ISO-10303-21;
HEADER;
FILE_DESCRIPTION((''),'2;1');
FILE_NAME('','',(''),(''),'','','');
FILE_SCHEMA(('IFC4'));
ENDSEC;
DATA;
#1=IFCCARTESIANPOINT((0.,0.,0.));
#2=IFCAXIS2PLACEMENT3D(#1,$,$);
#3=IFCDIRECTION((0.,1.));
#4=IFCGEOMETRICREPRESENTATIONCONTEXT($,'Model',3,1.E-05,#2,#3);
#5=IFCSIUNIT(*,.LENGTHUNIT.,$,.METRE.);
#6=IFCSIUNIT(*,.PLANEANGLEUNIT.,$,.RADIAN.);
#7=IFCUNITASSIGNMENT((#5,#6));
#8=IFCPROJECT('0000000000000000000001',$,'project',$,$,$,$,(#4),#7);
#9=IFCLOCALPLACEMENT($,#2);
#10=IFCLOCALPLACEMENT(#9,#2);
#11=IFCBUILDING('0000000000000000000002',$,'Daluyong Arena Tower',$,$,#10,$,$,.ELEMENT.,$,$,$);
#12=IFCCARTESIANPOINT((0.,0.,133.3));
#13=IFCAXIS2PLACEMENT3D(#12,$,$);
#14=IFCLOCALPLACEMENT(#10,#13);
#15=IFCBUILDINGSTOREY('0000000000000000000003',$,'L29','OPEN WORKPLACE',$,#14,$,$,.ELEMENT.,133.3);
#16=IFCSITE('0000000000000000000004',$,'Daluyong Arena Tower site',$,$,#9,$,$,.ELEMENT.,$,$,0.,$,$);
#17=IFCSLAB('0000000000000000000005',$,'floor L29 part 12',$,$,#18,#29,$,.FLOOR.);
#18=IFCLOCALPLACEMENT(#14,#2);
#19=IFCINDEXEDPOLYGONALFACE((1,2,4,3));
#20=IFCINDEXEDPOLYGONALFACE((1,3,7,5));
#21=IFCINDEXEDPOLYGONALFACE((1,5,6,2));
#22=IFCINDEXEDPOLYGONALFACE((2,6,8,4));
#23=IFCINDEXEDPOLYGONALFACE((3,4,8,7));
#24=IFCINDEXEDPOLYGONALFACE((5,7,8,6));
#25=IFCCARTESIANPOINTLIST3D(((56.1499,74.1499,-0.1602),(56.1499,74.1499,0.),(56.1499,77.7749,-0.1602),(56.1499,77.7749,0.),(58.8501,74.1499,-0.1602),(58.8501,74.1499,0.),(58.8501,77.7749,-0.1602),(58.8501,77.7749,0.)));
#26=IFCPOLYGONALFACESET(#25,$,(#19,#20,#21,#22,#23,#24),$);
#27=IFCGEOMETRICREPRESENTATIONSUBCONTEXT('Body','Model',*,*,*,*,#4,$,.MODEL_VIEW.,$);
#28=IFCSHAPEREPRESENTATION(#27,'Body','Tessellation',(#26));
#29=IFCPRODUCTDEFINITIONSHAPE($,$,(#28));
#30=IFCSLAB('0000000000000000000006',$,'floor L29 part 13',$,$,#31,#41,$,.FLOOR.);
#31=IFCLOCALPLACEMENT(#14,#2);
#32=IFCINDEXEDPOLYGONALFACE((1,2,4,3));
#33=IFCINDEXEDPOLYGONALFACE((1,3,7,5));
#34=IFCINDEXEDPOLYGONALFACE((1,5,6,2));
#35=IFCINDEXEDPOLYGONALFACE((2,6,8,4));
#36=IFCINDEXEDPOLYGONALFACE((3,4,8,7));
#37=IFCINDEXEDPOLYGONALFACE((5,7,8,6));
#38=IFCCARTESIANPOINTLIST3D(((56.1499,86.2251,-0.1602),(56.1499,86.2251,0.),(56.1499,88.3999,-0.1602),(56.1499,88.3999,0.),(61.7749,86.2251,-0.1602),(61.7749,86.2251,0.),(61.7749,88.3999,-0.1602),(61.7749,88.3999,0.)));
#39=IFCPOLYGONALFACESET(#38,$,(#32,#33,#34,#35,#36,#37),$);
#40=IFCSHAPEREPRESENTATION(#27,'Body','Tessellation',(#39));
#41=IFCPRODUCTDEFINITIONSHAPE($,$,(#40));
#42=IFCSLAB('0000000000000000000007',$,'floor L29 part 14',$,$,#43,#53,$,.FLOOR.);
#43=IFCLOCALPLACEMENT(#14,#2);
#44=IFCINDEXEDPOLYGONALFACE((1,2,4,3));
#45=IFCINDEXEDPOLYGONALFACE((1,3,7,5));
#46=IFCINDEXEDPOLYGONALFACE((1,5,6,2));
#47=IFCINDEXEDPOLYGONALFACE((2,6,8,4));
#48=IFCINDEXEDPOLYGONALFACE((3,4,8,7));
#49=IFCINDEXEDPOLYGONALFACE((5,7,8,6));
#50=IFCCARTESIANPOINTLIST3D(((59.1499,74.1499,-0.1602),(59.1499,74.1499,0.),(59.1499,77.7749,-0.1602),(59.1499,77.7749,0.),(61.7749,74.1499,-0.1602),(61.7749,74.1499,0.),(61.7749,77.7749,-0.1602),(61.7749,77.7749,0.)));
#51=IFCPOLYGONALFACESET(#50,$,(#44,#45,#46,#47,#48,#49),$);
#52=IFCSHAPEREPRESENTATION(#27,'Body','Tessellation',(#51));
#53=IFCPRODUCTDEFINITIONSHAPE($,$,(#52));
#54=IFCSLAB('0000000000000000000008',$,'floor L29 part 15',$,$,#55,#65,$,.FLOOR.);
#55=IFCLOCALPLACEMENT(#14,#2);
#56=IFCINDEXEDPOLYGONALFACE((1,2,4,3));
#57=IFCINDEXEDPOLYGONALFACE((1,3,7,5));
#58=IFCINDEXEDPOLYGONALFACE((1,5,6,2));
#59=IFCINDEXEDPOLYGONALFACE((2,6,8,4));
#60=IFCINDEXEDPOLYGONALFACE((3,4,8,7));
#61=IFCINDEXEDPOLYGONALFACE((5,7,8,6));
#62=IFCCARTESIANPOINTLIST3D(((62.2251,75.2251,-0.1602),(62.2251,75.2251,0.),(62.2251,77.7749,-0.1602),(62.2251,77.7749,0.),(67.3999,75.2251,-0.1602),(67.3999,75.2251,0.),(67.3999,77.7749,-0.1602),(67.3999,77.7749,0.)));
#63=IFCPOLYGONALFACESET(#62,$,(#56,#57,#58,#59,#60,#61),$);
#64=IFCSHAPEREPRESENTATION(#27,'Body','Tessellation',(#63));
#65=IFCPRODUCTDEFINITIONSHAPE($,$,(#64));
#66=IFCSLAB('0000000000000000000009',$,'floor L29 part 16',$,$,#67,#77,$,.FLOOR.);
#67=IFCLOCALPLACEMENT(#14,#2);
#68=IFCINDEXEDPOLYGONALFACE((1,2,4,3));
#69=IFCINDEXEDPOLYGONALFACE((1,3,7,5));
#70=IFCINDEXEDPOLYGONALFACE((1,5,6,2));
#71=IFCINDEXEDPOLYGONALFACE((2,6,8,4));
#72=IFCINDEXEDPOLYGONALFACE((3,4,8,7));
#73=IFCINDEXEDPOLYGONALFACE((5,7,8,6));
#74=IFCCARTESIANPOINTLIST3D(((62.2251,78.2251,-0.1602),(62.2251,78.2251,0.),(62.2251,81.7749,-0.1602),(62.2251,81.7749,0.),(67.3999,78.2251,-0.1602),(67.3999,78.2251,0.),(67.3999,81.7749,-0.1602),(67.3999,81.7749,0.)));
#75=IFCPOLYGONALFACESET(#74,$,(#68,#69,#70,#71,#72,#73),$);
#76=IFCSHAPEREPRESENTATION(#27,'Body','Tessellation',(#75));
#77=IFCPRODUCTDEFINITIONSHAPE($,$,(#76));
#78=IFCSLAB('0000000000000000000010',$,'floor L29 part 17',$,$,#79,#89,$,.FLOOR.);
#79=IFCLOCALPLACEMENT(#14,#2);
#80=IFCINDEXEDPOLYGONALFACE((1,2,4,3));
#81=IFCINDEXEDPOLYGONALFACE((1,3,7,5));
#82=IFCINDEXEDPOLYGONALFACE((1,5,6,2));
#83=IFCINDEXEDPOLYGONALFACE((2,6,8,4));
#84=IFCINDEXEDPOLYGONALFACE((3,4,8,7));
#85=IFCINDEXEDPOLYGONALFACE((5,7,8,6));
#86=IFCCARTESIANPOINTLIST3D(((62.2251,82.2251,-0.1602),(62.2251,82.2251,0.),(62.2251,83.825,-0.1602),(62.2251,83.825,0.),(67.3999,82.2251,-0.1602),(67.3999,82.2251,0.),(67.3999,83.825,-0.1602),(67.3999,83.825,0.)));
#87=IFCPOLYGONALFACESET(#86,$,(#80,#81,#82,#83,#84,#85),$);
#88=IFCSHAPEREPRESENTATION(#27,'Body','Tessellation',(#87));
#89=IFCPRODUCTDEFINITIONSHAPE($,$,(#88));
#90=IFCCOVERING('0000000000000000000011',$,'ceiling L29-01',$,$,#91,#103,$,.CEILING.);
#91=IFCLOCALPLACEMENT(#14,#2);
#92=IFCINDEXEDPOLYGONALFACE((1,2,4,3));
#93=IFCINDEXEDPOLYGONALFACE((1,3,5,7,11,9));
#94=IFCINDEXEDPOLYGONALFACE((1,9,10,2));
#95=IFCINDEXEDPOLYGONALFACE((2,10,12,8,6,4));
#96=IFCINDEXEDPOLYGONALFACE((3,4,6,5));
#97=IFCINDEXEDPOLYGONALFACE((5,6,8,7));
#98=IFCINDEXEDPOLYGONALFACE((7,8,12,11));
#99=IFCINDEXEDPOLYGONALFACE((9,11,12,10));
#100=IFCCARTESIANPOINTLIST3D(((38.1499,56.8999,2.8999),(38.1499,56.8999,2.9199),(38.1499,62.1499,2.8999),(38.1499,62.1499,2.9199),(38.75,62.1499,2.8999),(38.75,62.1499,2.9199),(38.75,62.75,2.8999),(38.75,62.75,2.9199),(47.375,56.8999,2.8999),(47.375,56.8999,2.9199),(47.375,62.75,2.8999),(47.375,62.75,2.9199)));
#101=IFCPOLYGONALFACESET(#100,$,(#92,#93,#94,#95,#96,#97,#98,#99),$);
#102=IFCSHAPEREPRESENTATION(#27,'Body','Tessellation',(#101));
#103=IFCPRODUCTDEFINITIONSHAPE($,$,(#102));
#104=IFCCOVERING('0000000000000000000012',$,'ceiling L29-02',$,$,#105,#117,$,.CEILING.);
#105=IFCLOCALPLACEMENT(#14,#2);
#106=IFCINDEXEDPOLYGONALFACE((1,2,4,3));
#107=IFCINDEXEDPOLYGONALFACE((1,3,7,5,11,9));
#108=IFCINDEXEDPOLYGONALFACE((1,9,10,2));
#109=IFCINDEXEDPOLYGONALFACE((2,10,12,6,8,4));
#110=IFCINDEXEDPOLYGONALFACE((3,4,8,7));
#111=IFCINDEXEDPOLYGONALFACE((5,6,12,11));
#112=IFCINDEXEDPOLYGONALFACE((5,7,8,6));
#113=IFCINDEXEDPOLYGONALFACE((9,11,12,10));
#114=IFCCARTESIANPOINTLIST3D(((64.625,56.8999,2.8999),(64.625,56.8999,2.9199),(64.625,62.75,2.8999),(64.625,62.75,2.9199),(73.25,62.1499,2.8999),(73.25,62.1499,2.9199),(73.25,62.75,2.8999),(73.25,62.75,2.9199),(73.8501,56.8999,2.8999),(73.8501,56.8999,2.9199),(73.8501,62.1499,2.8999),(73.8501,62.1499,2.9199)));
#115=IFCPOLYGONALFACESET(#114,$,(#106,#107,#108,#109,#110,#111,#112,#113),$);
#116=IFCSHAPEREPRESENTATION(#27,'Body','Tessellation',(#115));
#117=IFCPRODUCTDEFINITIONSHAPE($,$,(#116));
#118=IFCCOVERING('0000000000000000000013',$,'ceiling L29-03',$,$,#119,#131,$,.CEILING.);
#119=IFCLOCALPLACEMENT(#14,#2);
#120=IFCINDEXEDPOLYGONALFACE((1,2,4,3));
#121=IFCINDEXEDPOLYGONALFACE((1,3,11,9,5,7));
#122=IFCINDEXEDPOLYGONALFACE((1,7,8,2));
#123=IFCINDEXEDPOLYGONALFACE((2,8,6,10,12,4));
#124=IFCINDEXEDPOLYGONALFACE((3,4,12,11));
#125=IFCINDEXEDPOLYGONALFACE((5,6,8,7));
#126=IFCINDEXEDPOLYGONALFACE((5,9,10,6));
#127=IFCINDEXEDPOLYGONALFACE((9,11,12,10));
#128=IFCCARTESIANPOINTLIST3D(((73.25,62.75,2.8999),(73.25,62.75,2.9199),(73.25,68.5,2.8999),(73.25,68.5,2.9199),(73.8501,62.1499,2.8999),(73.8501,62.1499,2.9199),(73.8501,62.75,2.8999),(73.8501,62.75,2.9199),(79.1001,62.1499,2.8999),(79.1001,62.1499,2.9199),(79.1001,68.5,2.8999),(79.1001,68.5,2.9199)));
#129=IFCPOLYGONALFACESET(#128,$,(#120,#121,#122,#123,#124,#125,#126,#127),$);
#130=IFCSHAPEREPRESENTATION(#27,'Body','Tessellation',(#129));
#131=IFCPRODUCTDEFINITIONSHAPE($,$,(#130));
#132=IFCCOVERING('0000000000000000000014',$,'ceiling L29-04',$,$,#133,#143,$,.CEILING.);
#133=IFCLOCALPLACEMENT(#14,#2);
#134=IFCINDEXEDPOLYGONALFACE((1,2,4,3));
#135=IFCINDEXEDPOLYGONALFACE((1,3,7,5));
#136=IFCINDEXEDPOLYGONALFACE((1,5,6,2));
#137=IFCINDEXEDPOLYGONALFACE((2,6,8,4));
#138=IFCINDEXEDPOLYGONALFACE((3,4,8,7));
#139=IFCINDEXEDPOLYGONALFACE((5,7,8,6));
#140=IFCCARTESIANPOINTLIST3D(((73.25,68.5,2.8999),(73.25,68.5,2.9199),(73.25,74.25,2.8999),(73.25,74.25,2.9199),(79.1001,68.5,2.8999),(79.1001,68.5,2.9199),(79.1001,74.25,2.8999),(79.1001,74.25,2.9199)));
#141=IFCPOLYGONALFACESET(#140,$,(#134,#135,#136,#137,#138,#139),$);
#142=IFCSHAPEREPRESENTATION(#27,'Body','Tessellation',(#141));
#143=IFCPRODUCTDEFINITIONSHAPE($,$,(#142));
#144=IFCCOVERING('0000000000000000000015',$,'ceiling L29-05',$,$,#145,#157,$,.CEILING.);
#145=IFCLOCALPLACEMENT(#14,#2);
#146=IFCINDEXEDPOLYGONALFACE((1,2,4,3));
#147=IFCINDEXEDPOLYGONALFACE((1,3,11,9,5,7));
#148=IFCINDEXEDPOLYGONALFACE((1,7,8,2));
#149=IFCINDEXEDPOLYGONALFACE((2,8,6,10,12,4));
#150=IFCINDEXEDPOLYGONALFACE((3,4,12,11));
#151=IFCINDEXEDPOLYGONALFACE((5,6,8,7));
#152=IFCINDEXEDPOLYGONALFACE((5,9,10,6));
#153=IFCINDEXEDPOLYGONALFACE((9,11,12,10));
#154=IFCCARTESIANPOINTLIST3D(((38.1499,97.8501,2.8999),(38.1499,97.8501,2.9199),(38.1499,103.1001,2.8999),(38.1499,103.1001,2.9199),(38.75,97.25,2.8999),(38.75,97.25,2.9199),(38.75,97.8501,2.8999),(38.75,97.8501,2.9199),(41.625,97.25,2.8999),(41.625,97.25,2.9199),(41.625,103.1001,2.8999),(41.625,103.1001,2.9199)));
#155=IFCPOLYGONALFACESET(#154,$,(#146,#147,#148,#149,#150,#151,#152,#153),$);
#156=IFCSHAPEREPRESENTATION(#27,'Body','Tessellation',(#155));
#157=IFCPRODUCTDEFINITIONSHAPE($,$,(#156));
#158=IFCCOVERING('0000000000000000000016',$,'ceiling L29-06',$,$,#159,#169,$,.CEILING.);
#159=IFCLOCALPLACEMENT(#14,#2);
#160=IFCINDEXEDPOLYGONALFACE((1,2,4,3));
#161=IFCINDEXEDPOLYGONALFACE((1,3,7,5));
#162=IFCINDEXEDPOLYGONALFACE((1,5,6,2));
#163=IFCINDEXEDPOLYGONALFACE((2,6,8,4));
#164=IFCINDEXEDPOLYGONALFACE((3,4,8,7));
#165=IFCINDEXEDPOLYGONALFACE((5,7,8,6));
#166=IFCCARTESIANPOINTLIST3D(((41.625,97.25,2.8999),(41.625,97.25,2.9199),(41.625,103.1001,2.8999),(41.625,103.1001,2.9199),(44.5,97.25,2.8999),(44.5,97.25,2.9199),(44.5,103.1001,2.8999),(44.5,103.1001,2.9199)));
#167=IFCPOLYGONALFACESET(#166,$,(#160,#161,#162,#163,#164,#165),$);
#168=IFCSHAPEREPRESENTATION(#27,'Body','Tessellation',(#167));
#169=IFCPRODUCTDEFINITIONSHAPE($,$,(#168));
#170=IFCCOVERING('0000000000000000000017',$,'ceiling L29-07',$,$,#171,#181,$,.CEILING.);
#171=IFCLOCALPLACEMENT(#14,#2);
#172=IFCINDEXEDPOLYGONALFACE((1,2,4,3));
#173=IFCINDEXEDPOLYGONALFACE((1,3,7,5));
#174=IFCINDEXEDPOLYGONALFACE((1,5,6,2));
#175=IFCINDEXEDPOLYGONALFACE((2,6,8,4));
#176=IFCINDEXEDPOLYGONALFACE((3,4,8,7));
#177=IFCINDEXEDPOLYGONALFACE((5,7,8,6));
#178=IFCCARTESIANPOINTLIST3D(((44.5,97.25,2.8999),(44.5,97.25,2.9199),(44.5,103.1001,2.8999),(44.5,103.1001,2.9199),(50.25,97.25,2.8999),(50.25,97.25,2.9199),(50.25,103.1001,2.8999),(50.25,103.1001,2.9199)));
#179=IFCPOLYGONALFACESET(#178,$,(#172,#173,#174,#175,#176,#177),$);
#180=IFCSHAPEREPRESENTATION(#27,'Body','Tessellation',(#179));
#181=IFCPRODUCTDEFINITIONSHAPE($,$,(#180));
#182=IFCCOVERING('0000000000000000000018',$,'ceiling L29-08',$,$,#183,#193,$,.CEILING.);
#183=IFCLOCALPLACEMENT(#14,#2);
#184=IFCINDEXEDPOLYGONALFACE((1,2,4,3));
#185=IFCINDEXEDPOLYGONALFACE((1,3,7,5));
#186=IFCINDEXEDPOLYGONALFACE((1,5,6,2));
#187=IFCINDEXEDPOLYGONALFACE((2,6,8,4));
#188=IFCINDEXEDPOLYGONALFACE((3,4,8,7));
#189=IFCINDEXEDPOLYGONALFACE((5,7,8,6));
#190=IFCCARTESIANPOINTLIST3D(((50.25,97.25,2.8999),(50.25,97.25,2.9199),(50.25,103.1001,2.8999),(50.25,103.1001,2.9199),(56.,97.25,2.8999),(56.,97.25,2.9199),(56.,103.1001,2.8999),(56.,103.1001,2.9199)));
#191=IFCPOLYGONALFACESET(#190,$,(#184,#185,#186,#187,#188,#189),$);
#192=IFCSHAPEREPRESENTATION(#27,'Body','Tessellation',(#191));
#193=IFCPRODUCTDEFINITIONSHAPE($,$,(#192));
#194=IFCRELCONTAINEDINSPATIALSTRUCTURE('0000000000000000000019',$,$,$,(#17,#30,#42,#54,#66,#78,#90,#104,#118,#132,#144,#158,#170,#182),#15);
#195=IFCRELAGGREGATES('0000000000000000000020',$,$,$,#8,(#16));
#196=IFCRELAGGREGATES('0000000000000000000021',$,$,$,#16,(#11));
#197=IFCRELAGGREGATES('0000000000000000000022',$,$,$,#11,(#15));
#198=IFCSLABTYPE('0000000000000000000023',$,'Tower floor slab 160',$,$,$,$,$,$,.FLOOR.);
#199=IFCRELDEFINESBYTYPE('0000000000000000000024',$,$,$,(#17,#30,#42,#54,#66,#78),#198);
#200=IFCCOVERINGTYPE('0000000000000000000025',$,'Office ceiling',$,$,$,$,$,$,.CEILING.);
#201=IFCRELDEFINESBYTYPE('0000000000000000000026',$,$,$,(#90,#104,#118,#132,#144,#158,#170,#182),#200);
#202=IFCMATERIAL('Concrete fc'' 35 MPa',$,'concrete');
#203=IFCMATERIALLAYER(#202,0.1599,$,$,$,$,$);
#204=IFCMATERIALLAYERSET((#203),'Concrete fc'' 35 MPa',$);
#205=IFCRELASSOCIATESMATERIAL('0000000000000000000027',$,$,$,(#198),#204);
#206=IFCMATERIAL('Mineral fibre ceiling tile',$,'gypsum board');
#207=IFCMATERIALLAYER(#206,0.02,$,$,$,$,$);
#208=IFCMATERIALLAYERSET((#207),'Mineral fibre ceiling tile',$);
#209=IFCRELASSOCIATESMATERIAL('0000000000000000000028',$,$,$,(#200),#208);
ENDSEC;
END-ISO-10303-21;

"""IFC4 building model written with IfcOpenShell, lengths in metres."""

from ifc_helpers import new_model, si_unit, direction, frame, origin, place, context, subcontext, project, spatial, polyline, outline, extrude, material, layer, layer_set, type_object, element, save


model = new_model("IFC4")

# Units and contexts
model_context = context("Model", 3, precision=1e-05, world=origin(), true_north=direction((0.0, 1.0)))
body_context = subcontext(model_context, "Body", "Model", "MODEL_VIEW")
ifc_project = project(units=[si_unit("LENGTHUNIT", "METRE"), si_unit("PLANEANGLEUNIT", "RADIAN")], contexts=[model_context])

# Site, building, storey
site_placement = place(None, origin())
site = spatial("IfcSite", under=ifc_project, at=site_placement, Name="Daluyong Arena Tower site", CompositionType="ELEMENT", RefElevation=0.0)
building_placement = place(site_placement, origin())
building = spatial("IfcBuilding", under=site, at=building_placement, Name="Daluyong Arena Tower", CompositionType="ELEMENT")
storey_placement = place(building_placement, frame((0.0, 0.0, 133.3)))
storey = spatial("IfcBuildingStorey", under=building, at=storey_placement, Name="L29", Description="OPEN WORKPLACE", CompositionType="ELEMENT", Elevation=133.3)

# Slabs
ifc_material_1 = material(Name="Concrete fc' 35 MPa", Category="concrete")
ifc_layer_1 = layer(ifc_material_1, 0.1599)
ifc_layer_set_1 = layer_set([ifc_layer_1], Name="Concrete fc' 35 MPa")
slab_type_1 = type_object("IfcSlabType", Name="Tower floor slab 160", PredefinedType="FLOOR", material=ifc_layer_set_1)
slab_1_placement = place(storey_placement, frame((0.0, 0.0, -0.1602)))
element("IfcSlab", 1, at=slab_1_placement, inside=storey, type_object=slab_type_1, Name="floor L29 part 12", PredefinedType="FLOOR", context=body_context, shape_type="SweptSolid", body=[
    extrude(outline(polyline([(58.8501, 77.7749), (56.1499, 77.7749), (56.1499, 74.1499), (58.8501, 74.1499), (58.8501, 77.7749)])), origin(), (0.0, 0.0, 1.0), 0.1602),
])
slab_2_placement = place(storey_placement, frame((0.0, 0.0, -0.1602)))
element("IfcSlab", 2, at=slab_2_placement, inside=storey, type_object=slab_type_1, Name="floor L29 part 13", PredefinedType="FLOOR", context=body_context, shape_type="SweptSolid", body=[
    extrude(outline(polyline([(56.1499, 88.3999), (56.1499, 86.2251), (61.7749, 86.2251), (61.7749, 88.3999), (56.1499, 88.3999)])), origin(), (0.0, 0.0, 1.0), 0.1602),
])
slab_3_placement = place(storey_placement, frame((0.0, 0.0, -0.1602)))
element("IfcSlab", 3, at=slab_3_placement, inside=storey, type_object=slab_type_1, Name="floor L29 part 14", PredefinedType="FLOOR", context=body_context, shape_type="SweptSolid", body=[
    extrude(outline(polyline([(59.1499, 77.7749), (59.1499, 74.1499), (61.7749, 74.1499), (61.7749, 77.7749), (59.1499, 77.7749)])), origin(), (0.0, 0.0, 1.0), 0.1602),
])
slab_4_placement = place(storey_placement, frame((0.0, 0.0, -0.1602)))
element("IfcSlab", 4, at=slab_4_placement, inside=storey, type_object=slab_type_1, Name="floor L29 part 15", PredefinedType="FLOOR", context=body_context, shape_type="SweptSolid", body=[
    extrude(outline(polyline([(62.2251, 75.2251), (67.3999, 75.2251), (67.3999, 77.7749), (62.2251, 77.7749), (62.2251, 75.2251)])), origin(), (0.0, 0.0, 1.0), 0.1602),
])
slab_5_placement = place(storey_placement, frame((0.0, 0.0, -0.1602)))
element("IfcSlab", 5, at=slab_5_placement, inside=storey, type_object=slab_type_1, Name="floor L29 part 16", PredefinedType="FLOOR", context=body_context, shape_type="SweptSolid", body=[
    extrude(outline(polyline([(62.2251, 78.2251), (67.3999, 78.2251), (67.3999, 81.7749), (62.2251, 81.7749), (62.2251, 78.2251)])), origin(), (0.0, 0.0, 1.0), 0.1602),
])
slab_6_placement = place(storey_placement, frame((0.0, 0.0, -0.1602)))
element("IfcSlab", 6, at=slab_6_placement, inside=storey, type_object=slab_type_1, Name="floor L29 part 17", PredefinedType="FLOOR", context=body_context, shape_type="SweptSolid", body=[
    extrude(outline(polyline([(62.2251, 82.2251), (67.3999, 82.2251), (67.3999, 83.825), (62.2251, 83.825), (62.2251, 82.2251)])), origin(), (0.0, 0.0, 1.0), 0.1602),
])

# Coverings
ifc_material_2 = material(Name="Mineral fibre ceiling tile", Category="gypsum board")
ifc_layer_2 = layer(ifc_material_2, 0.02)
ifc_layer_set_2 = layer_set([ifc_layer_2], Name="Mineral fibre ceiling tile")
covering_type = type_object("IfcCoveringType", Name="Office ceiling", PredefinedType="CEILING", material=ifc_layer_set_2)
covering_1_placement = place(storey_placement, frame((0.0, 0.0, 2.8999)))
element("IfcCovering", 7, at=covering_1_placement, inside=storey, type_object=covering_type, Name="ceiling L29-01", PredefinedType="CEILING", context=body_context, shape_type="SweptSolid", body=[
    extrude(outline(polyline([(38.1499, 62.1499), (38.1499, 56.8999), (47.375, 56.8999), (47.375, 62.75), (38.75, 62.75), (38.75, 62.1499), (38.1499, 62.1499)])), origin(), (0.0, 0.0, 1.0), 0.02),
])
covering_2_placement = place(storey_placement, frame((0.0, 0.0, 2.8999)))
element("IfcCovering", 8, at=covering_2_placement, inside=storey, type_object=covering_type, Name="ceiling L29-02", PredefinedType="CEILING", context=body_context, shape_type="SweptSolid", body=[
    extrude(outline(polyline([(73.8501, 56.8999), (73.8501, 62.1499), (73.25, 62.1499), (73.25, 62.75), (64.625, 62.75), (64.625, 56.8999), (73.8501, 56.8999)])), origin(), (0.0, 0.0, 1.0), 0.02),
])
covering_3_placement = place(storey_placement, frame((0.0, 0.0, 2.8999)))
element("IfcCovering", 9, at=covering_3_placement, inside=storey, type_object=covering_type, Name="ceiling L29-03", PredefinedType="CEILING", context=body_context, shape_type="SweptSolid", body=[
    extrude(outline(polyline([(73.8501, 62.1499), (79.1001, 62.1499), (79.1001, 68.5), (73.25, 68.5), (73.25, 62.75), (73.8501, 62.75), (73.8501, 62.1499)])), origin(), (0.0, 0.0, 1.0), 0.02),
])
covering_4_placement = place(storey_placement, frame((0.0, 0.0, 2.8999)))
element("IfcCovering", 10, at=covering_4_placement, inside=storey, type_object=covering_type, Name="ceiling L29-04", PredefinedType="CEILING", context=body_context, shape_type="SweptSolid", body=[
    extrude(outline(polyline([(73.25, 68.5), (79.1001, 68.5), (79.1001, 74.25), (73.25, 74.25), (73.25, 68.5)])), origin(), (0.0, 0.0, 1.0), 0.02),
])
covering_5_placement = place(storey_placement, frame((0.0, 0.0, 2.8999)))
element("IfcCovering", 11, at=covering_5_placement, inside=storey, type_object=covering_type, Name="ceiling L29-05", PredefinedType="CEILING", context=body_context, shape_type="SweptSolid", body=[
    extrude(outline(polyline([(41.625, 97.25), (41.625, 103.1001), (38.1499, 103.1001), (38.1499, 97.8501), (38.75, 97.8501), (38.75, 97.25), (41.625, 97.25)])), origin(), (0.0, 0.0, 1.0), 0.02),
])
covering_6_placement = place(storey_placement, frame((0.0, 0.0, 2.8999)))
element("IfcCovering", 12, at=covering_6_placement, inside=storey, type_object=covering_type, Name="ceiling L29-06", PredefinedType="CEILING", context=body_context, shape_type="SweptSolid", body=[
    extrude(outline(polyline([(44.5, 97.25), (44.5, 103.1001), (41.625, 103.1001), (41.625, 97.25), (44.5, 97.25)])), origin(), (0.0, 0.0, 1.0), 0.02),
])
covering_7_placement = place(storey_placement, frame((0.0, 0.0, 2.8999)))
element("IfcCovering", 13, at=covering_7_placement, inside=storey, type_object=covering_type, Name="ceiling L29-07", PredefinedType="CEILING", context=body_context, shape_type="SweptSolid", body=[
    extrude(outline(polyline([(50.25, 97.25), (50.25, 103.1001), (44.5, 103.1001), (44.5, 97.25), (50.25, 97.25)])), origin(), (0.0, 0.0, 1.0), 0.02),
])
covering_8_placement = place(storey_placement, frame((0.0, 0.0, 2.8999)))
element("IfcCovering", 14, at=covering_8_placement, inside=storey, type_object=covering_type, Name="ceiling L29-08", PredefinedType="CEILING", context=body_context, shape_type="SweptSolid", body=[
    extrude(outline(polyline([(56.0, 97.25), (56.0, 103.1001), (50.25, 103.1001), (50.25, 97.25), (56.0, 97.25)])), origin(), (0.0, 0.0, 1.0), 0.02),
])

save(model, "model.ifc")
